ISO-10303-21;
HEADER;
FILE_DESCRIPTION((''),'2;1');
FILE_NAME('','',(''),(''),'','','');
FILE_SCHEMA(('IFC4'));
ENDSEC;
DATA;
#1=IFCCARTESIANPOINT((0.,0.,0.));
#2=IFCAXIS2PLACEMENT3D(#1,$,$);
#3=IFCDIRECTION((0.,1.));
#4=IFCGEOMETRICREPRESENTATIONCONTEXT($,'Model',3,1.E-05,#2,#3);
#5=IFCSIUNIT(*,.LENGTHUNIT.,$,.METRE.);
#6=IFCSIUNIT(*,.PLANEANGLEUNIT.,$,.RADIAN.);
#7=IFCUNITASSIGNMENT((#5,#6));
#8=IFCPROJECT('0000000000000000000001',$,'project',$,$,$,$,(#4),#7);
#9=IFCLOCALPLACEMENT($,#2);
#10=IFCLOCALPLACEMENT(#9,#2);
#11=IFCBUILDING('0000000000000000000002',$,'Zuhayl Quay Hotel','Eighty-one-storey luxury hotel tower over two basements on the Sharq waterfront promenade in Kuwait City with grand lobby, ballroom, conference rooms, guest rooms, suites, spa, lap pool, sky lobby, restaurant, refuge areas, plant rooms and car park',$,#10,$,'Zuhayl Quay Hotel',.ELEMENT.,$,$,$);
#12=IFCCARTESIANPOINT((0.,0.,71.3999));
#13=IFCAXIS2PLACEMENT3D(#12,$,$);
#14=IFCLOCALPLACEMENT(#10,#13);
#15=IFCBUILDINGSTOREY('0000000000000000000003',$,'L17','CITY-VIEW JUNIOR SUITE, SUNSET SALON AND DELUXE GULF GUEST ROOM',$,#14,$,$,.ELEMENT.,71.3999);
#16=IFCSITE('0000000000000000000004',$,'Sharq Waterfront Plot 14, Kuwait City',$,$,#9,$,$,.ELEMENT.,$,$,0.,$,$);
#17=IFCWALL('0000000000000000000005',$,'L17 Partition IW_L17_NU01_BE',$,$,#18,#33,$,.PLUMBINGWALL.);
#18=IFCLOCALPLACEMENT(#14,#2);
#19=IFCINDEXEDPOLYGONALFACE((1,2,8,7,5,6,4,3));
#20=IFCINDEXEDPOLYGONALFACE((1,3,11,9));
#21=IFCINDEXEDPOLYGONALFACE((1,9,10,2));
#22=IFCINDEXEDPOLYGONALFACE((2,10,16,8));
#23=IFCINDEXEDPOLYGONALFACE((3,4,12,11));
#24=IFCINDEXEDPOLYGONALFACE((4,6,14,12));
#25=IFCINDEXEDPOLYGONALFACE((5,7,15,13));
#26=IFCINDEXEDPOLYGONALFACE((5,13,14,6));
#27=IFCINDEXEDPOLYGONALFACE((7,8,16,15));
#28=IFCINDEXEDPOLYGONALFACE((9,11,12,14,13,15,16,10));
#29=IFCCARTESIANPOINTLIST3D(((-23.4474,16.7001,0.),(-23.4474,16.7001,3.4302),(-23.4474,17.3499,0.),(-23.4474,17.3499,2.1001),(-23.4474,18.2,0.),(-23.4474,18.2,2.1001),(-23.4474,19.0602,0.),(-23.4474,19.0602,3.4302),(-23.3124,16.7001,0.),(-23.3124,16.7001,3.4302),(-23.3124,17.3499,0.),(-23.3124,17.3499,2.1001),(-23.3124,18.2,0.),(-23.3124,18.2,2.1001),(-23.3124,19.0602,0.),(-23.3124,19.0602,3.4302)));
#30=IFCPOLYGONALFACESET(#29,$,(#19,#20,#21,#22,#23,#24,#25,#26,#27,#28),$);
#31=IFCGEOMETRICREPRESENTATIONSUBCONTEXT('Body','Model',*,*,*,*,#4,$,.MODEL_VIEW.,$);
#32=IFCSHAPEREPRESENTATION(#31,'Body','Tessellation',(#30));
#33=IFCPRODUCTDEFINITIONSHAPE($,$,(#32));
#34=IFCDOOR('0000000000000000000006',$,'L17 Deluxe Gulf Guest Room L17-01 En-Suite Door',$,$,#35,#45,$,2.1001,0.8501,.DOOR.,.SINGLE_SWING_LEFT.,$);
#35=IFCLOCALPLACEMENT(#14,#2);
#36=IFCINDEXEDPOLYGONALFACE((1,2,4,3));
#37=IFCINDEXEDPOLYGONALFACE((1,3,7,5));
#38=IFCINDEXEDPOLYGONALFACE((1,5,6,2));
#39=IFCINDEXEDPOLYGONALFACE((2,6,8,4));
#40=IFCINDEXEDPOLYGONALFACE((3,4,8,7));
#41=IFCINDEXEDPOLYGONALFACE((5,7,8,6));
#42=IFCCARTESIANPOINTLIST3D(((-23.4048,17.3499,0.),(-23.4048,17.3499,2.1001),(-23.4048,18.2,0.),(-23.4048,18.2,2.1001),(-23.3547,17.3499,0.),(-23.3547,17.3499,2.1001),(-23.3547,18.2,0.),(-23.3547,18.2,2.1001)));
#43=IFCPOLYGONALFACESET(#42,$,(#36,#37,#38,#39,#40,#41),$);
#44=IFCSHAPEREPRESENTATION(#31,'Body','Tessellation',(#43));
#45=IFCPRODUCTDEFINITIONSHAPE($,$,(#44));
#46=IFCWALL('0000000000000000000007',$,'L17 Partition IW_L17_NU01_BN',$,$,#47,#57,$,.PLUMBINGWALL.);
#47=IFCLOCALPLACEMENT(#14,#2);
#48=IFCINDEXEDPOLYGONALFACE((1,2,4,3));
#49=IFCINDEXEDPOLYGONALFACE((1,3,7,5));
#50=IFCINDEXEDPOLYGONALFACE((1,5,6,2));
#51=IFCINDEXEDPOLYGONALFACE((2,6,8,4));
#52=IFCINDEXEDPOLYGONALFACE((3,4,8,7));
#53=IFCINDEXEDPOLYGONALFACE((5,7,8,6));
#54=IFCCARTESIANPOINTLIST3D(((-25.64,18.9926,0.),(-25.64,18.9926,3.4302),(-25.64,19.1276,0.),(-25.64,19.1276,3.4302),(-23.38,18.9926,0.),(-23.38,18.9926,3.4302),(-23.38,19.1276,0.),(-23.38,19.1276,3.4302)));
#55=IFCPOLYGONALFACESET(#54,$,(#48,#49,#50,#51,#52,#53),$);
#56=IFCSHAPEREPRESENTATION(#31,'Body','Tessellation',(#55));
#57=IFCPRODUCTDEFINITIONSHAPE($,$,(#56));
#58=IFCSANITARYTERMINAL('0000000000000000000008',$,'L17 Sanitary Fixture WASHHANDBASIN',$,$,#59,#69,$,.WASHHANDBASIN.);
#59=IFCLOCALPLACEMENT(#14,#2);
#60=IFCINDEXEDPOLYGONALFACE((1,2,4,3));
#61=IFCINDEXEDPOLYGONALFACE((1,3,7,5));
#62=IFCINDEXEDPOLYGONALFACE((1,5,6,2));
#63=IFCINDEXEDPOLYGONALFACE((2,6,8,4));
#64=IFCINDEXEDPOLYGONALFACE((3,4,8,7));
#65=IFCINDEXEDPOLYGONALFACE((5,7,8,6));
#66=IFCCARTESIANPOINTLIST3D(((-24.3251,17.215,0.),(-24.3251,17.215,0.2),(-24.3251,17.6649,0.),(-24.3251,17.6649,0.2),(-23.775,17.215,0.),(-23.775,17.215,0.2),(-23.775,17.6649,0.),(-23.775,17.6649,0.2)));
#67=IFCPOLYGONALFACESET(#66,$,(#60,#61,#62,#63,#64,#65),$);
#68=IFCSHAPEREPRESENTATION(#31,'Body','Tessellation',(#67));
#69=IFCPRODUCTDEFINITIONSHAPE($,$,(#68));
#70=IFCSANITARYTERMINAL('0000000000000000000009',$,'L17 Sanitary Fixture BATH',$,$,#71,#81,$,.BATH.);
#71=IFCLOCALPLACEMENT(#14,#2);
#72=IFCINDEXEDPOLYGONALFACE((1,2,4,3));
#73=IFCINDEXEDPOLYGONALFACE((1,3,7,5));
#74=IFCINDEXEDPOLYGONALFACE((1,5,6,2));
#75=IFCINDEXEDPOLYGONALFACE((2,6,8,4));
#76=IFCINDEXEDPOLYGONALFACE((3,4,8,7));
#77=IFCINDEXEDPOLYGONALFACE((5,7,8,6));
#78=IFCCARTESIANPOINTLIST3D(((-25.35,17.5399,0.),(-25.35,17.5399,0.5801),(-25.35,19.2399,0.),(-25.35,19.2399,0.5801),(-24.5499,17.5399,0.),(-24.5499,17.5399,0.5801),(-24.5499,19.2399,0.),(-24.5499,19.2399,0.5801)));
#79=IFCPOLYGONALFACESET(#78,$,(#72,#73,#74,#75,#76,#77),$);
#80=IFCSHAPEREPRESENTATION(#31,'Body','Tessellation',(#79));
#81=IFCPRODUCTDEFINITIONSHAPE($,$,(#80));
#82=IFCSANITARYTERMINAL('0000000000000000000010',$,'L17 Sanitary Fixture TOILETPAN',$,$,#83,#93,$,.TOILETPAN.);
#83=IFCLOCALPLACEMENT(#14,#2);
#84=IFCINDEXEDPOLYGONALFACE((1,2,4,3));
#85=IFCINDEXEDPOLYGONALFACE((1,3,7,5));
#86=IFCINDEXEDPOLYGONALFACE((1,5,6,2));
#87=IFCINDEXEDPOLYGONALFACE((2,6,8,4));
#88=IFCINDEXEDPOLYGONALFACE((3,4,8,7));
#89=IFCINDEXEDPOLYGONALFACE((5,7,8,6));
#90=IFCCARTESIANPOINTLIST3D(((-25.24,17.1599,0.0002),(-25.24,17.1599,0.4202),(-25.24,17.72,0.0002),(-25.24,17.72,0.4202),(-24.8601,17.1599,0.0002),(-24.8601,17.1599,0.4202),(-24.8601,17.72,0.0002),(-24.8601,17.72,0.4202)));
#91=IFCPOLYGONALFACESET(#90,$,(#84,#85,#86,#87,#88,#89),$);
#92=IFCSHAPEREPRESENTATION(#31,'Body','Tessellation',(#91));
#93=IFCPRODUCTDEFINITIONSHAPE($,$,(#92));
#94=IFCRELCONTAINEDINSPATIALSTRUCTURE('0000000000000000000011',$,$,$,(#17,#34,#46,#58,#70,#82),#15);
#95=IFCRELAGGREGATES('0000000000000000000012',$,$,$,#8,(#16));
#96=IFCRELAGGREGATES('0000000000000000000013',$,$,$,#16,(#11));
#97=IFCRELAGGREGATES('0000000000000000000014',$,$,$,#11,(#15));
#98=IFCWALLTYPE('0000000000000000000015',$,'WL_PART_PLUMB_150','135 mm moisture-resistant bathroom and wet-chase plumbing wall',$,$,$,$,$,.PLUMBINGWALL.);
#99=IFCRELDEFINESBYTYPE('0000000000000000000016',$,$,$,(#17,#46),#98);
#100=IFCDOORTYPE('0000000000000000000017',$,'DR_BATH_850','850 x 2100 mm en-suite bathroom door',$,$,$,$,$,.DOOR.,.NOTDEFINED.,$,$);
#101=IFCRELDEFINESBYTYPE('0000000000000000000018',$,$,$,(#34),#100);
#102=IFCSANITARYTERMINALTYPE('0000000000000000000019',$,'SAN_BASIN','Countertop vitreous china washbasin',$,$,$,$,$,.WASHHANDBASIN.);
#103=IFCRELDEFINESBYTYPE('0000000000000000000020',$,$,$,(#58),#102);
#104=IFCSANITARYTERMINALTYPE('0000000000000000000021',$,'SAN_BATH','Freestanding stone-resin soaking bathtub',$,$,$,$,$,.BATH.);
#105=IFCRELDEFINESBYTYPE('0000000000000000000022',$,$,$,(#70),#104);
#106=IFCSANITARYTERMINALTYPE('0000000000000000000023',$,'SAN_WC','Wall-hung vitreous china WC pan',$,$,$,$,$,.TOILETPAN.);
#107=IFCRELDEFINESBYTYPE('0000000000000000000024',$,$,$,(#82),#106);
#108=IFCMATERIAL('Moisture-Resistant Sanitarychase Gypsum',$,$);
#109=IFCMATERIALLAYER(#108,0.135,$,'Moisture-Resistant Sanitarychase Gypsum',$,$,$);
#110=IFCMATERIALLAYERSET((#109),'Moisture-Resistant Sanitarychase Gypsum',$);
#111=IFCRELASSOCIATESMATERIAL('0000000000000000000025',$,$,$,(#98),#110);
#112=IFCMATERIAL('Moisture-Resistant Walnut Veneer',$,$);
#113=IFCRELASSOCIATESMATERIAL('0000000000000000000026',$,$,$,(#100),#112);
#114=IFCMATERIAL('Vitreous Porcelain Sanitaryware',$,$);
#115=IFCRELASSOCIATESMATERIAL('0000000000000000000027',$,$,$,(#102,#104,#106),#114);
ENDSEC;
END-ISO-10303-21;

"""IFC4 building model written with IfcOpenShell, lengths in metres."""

from ifc_helpers import new_model, si_unit, direction, frame, frame_2d, origin, origin_2d, place, context, subcontext, project, spatial, rectangle, extrude, material, layer, layer_set, type_object, element, fill, save


model = new_model("IFC4")

# Units and contexts
model_context = context("Model", 3, precision=1e-05, world=origin(), true_north=direction((0.0, 1.0)))
body_context = subcontext(model_context, "Body", "Model", "MODEL_VIEW")
ifc_project = project(units=[si_unit("LENGTHUNIT", "METRE"), si_unit("PLANEANGLEUNIT", "RADIAN")], contexts=[model_context])

# Site, building, storey
site_placement = place(None, origin())
site = spatial("IfcSite", under=ifc_project, at=site_placement, Name="Sharq Waterfront Plot 14, Kuwait City", CompositionType="ELEMENT", RefElevation=0.0)
building_placement = place(site_placement, origin())
building = spatial("IfcBuilding", under=site, at=building_placement, Name="Zuhayl Quay Hotel", Description="Eighty-one-storey luxury hotel tower over two basements on the Sharq waterfront promenade in Kuwait City with grand lobby, ballroom, conference rooms, guest rooms, suites, spa, lap pool, sky lobby, restaurant, refuge areas, plant rooms and car park", LongName="Zuhayl Quay Hotel", CompositionType="ELEMENT")
storey_placement = place(building_placement, frame((0.0, 0.0, 71.3999)))
storey = spatial("IfcBuildingStorey", under=building, at=storey_placement, Name="L17", Description="CITY-VIEW JUNIOR SUITE, SUNSET SALON AND DELUXE GULF GUEST ROOM", CompositionType="ELEMENT", Elevation=71.3999)

# Wall, opening, door
ifc_material_1 = material(Name="Moisture-Resistant Sanitarychase Gypsum")
ifc_layer_1 = layer(ifc_material_1, 0.135, Name="Moisture-Resistant Sanitarychase Gypsum")
ifc_layer_set_1 = layer_set([ifc_layer_1], Name="Moisture-Resistant Sanitarychase Gypsum")
wall_type_1 = type_object("IfcWallType", Name="WL_PART_PLUMB_150", Description="135 mm moisture-resistant bathroom and wet-chase plumbing wall", PredefinedType="PLUMBINGWALL", material=ifc_layer_set_1)
wall_1_placement = place(storey_placement, frame((-23.3799, 16.7, 0.0), z_axis=(0.0, 0.0, 1.0), x_axis=(0.0, 1.0, 0.0)))
wall_1 = element("IfcWall", 1, at=wall_1_placement, inside=storey, type_object=wall_type_1, Name="L17 Partition IW_L17_NU01_BE", PredefinedType="PLUMBINGWALL", context=body_context, shape_type="SweptSolid", body=[
    extrude(rectangle(XDim=2.3601, YDim=0.135, at=frame_2d((1.1802, 0.0))), origin(), (0.0, 0.0, 1.0), 3.4302),
])
opening_1_placement = place(wall_1_placement, frame((0.6499, 0.0, 0.0)))
opening_1 = element("IfcOpeningElement", 2, at=opening_1_placement, cuts=wall_1, PredefinedType="OPENING", context=body_context, shape_type="SweptSolid", body=[
    extrude(rectangle(XDim=0.8501, YDim=2.1001, at=frame_2d((0.425, 1.05))), frame((0.0, 0.0774, 0.0), z_axis=(0.0, -1.0, 0.0), x_axis=(1.0, 0.0, 0.0)), (0.0, 0.0, 1.0), 0.155),
])
ifc_material_2 = material(Name="Moisture-Resistant Walnut Veneer")
door_type_1 = type_object("IfcDoorType", Name="DR_BATH_850", Description="850 x 2100 mm en-suite bathroom door", OperationType="NOTDEFINED", PredefinedType="DOOR", material=ifc_material_2)
door_1_placement = place(opening_1_placement, origin())
door_1 = element("IfcDoor", 3, at=door_1_placement, inside=storey, type_object=door_type_1, Name="L17 Deluxe Gulf Guest Room L17-01 En-Suite Door", OperationType="SINGLE_SWING_LEFT", OverallHeight=2.1001, OverallWidth=0.8501, PredefinedType="DOOR", context=body_context, shape_type="SweptSolid", body=[
    extrude(rectangle(XDim=0.8501, YDim=2.1001, at=frame_2d((0.425, 1.05))), frame((0.0, 0.0249, 0.0), z_axis=(0.0, -1.0, 0.0), x_axis=(1.0, 0.0, 0.0)), (0.0, 0.0, 1.0), 0.05),
])
fill(opening_1, door_1)

# Wall
wall_2_placement = place(storey_placement, frame((-25.6399, 19.0601, 0.0), z_axis=(0.0, 0.0, 1.0), x_axis=(1.0, 0.0, 0.0)))
element("IfcWall", 4, at=wall_2_placement, inside=storey, type_object=wall_type_1, Name="L17 Partition IW_L17_NU01_BN", PredefinedType="PLUMBINGWALL", context=body_context, shape_type="SweptSolid", body=[
    extrude(rectangle(XDim=2.26, YDim=0.135, at=frame_2d((1.1299, 0.0))), origin(), (0.0, 0.0, 1.0), 3.4302),
])

# Sanitary terminals
ifc_material_3 = material(Name="Vitreous Porcelain Sanitaryware")
sanitary_terminal_type_1 = type_object("IfcSanitaryTerminalType", Name="SAN_BASIN", Description="Countertop vitreous china washbasin", PredefinedType="WASHHANDBASIN", material=ifc_material_3)
sanitary_terminal_1_placement = place(storey_placement, frame((-24.05, 17.4399, 0.0), z_axis=(0.0, 0.0, 1.0), x_axis=(1.0, 0.0, 0.0)))
element("IfcSanitaryTerminal", 5, at=sanitary_terminal_1_placement, inside=storey, type_object=sanitary_terminal_type_1, Name="L17 Sanitary Fixture WASHHANDBASIN", PredefinedType="WASHHANDBASIN", context=body_context, shape_type="SweptSolid", body=[
    extrude(rectangle(XDim=0.55, YDim=0.45, at=origin_2d()), origin(), (0.0, 0.0, 1.0), 0.2),
])
sanitary_terminal_type_2 = type_object("IfcSanitaryTerminalType", Name="SAN_BATH", Description="Freestanding stone-resin soaking bathtub", PredefinedType="BATH", material=ifc_material_3)
sanitary_terminal_2_placement = place(storey_placement, frame((-24.95, 18.3899, 0.0), z_axis=(0.0, 0.0, 1.0), x_axis=(1.0, 0.0, 0.0)))
element("IfcSanitaryTerminal", 6, at=sanitary_terminal_2_placement, inside=storey, type_object=sanitary_terminal_type_2, Name="L17 Sanitary Fixture BATH", PredefinedType="BATH", context=body_context, shape_type="SweptSolid", body=[
    extrude(rectangle(XDim=0.8, YDim=1.7, at=origin_2d()), origin(), (0.0, 0.0, 1.0), 0.5801),
])
sanitary_terminal_type_3 = type_object("IfcSanitaryTerminalType", Name="SAN_WC", Description="Wall-hung vitreous china WC pan", PredefinedType="TOILETPAN", material=ifc_material_3)
sanitary_terminal_3_placement = place(storey_placement, frame((-25.05, 17.4399, 0.0002), z_axis=(0.0, 0.0, 1.0), x_axis=(1.0, 0.0, 0.0)))
element("IfcSanitaryTerminal", 7, at=sanitary_terminal_3_placement, inside=storey, type_object=sanitary_terminal_type_3, Name="L17 Sanitary Fixture TOILETPAN", PredefinedType="TOILETPAN", context=body_context, shape_type="SweptSolid", body=[
    extrude(rectangle(XDim=0.3799, YDim=0.5601, at=origin_2d()), origin(), (0.0, 0.0, 1.0), 0.4199),
])

save(model, "model.ifc")
